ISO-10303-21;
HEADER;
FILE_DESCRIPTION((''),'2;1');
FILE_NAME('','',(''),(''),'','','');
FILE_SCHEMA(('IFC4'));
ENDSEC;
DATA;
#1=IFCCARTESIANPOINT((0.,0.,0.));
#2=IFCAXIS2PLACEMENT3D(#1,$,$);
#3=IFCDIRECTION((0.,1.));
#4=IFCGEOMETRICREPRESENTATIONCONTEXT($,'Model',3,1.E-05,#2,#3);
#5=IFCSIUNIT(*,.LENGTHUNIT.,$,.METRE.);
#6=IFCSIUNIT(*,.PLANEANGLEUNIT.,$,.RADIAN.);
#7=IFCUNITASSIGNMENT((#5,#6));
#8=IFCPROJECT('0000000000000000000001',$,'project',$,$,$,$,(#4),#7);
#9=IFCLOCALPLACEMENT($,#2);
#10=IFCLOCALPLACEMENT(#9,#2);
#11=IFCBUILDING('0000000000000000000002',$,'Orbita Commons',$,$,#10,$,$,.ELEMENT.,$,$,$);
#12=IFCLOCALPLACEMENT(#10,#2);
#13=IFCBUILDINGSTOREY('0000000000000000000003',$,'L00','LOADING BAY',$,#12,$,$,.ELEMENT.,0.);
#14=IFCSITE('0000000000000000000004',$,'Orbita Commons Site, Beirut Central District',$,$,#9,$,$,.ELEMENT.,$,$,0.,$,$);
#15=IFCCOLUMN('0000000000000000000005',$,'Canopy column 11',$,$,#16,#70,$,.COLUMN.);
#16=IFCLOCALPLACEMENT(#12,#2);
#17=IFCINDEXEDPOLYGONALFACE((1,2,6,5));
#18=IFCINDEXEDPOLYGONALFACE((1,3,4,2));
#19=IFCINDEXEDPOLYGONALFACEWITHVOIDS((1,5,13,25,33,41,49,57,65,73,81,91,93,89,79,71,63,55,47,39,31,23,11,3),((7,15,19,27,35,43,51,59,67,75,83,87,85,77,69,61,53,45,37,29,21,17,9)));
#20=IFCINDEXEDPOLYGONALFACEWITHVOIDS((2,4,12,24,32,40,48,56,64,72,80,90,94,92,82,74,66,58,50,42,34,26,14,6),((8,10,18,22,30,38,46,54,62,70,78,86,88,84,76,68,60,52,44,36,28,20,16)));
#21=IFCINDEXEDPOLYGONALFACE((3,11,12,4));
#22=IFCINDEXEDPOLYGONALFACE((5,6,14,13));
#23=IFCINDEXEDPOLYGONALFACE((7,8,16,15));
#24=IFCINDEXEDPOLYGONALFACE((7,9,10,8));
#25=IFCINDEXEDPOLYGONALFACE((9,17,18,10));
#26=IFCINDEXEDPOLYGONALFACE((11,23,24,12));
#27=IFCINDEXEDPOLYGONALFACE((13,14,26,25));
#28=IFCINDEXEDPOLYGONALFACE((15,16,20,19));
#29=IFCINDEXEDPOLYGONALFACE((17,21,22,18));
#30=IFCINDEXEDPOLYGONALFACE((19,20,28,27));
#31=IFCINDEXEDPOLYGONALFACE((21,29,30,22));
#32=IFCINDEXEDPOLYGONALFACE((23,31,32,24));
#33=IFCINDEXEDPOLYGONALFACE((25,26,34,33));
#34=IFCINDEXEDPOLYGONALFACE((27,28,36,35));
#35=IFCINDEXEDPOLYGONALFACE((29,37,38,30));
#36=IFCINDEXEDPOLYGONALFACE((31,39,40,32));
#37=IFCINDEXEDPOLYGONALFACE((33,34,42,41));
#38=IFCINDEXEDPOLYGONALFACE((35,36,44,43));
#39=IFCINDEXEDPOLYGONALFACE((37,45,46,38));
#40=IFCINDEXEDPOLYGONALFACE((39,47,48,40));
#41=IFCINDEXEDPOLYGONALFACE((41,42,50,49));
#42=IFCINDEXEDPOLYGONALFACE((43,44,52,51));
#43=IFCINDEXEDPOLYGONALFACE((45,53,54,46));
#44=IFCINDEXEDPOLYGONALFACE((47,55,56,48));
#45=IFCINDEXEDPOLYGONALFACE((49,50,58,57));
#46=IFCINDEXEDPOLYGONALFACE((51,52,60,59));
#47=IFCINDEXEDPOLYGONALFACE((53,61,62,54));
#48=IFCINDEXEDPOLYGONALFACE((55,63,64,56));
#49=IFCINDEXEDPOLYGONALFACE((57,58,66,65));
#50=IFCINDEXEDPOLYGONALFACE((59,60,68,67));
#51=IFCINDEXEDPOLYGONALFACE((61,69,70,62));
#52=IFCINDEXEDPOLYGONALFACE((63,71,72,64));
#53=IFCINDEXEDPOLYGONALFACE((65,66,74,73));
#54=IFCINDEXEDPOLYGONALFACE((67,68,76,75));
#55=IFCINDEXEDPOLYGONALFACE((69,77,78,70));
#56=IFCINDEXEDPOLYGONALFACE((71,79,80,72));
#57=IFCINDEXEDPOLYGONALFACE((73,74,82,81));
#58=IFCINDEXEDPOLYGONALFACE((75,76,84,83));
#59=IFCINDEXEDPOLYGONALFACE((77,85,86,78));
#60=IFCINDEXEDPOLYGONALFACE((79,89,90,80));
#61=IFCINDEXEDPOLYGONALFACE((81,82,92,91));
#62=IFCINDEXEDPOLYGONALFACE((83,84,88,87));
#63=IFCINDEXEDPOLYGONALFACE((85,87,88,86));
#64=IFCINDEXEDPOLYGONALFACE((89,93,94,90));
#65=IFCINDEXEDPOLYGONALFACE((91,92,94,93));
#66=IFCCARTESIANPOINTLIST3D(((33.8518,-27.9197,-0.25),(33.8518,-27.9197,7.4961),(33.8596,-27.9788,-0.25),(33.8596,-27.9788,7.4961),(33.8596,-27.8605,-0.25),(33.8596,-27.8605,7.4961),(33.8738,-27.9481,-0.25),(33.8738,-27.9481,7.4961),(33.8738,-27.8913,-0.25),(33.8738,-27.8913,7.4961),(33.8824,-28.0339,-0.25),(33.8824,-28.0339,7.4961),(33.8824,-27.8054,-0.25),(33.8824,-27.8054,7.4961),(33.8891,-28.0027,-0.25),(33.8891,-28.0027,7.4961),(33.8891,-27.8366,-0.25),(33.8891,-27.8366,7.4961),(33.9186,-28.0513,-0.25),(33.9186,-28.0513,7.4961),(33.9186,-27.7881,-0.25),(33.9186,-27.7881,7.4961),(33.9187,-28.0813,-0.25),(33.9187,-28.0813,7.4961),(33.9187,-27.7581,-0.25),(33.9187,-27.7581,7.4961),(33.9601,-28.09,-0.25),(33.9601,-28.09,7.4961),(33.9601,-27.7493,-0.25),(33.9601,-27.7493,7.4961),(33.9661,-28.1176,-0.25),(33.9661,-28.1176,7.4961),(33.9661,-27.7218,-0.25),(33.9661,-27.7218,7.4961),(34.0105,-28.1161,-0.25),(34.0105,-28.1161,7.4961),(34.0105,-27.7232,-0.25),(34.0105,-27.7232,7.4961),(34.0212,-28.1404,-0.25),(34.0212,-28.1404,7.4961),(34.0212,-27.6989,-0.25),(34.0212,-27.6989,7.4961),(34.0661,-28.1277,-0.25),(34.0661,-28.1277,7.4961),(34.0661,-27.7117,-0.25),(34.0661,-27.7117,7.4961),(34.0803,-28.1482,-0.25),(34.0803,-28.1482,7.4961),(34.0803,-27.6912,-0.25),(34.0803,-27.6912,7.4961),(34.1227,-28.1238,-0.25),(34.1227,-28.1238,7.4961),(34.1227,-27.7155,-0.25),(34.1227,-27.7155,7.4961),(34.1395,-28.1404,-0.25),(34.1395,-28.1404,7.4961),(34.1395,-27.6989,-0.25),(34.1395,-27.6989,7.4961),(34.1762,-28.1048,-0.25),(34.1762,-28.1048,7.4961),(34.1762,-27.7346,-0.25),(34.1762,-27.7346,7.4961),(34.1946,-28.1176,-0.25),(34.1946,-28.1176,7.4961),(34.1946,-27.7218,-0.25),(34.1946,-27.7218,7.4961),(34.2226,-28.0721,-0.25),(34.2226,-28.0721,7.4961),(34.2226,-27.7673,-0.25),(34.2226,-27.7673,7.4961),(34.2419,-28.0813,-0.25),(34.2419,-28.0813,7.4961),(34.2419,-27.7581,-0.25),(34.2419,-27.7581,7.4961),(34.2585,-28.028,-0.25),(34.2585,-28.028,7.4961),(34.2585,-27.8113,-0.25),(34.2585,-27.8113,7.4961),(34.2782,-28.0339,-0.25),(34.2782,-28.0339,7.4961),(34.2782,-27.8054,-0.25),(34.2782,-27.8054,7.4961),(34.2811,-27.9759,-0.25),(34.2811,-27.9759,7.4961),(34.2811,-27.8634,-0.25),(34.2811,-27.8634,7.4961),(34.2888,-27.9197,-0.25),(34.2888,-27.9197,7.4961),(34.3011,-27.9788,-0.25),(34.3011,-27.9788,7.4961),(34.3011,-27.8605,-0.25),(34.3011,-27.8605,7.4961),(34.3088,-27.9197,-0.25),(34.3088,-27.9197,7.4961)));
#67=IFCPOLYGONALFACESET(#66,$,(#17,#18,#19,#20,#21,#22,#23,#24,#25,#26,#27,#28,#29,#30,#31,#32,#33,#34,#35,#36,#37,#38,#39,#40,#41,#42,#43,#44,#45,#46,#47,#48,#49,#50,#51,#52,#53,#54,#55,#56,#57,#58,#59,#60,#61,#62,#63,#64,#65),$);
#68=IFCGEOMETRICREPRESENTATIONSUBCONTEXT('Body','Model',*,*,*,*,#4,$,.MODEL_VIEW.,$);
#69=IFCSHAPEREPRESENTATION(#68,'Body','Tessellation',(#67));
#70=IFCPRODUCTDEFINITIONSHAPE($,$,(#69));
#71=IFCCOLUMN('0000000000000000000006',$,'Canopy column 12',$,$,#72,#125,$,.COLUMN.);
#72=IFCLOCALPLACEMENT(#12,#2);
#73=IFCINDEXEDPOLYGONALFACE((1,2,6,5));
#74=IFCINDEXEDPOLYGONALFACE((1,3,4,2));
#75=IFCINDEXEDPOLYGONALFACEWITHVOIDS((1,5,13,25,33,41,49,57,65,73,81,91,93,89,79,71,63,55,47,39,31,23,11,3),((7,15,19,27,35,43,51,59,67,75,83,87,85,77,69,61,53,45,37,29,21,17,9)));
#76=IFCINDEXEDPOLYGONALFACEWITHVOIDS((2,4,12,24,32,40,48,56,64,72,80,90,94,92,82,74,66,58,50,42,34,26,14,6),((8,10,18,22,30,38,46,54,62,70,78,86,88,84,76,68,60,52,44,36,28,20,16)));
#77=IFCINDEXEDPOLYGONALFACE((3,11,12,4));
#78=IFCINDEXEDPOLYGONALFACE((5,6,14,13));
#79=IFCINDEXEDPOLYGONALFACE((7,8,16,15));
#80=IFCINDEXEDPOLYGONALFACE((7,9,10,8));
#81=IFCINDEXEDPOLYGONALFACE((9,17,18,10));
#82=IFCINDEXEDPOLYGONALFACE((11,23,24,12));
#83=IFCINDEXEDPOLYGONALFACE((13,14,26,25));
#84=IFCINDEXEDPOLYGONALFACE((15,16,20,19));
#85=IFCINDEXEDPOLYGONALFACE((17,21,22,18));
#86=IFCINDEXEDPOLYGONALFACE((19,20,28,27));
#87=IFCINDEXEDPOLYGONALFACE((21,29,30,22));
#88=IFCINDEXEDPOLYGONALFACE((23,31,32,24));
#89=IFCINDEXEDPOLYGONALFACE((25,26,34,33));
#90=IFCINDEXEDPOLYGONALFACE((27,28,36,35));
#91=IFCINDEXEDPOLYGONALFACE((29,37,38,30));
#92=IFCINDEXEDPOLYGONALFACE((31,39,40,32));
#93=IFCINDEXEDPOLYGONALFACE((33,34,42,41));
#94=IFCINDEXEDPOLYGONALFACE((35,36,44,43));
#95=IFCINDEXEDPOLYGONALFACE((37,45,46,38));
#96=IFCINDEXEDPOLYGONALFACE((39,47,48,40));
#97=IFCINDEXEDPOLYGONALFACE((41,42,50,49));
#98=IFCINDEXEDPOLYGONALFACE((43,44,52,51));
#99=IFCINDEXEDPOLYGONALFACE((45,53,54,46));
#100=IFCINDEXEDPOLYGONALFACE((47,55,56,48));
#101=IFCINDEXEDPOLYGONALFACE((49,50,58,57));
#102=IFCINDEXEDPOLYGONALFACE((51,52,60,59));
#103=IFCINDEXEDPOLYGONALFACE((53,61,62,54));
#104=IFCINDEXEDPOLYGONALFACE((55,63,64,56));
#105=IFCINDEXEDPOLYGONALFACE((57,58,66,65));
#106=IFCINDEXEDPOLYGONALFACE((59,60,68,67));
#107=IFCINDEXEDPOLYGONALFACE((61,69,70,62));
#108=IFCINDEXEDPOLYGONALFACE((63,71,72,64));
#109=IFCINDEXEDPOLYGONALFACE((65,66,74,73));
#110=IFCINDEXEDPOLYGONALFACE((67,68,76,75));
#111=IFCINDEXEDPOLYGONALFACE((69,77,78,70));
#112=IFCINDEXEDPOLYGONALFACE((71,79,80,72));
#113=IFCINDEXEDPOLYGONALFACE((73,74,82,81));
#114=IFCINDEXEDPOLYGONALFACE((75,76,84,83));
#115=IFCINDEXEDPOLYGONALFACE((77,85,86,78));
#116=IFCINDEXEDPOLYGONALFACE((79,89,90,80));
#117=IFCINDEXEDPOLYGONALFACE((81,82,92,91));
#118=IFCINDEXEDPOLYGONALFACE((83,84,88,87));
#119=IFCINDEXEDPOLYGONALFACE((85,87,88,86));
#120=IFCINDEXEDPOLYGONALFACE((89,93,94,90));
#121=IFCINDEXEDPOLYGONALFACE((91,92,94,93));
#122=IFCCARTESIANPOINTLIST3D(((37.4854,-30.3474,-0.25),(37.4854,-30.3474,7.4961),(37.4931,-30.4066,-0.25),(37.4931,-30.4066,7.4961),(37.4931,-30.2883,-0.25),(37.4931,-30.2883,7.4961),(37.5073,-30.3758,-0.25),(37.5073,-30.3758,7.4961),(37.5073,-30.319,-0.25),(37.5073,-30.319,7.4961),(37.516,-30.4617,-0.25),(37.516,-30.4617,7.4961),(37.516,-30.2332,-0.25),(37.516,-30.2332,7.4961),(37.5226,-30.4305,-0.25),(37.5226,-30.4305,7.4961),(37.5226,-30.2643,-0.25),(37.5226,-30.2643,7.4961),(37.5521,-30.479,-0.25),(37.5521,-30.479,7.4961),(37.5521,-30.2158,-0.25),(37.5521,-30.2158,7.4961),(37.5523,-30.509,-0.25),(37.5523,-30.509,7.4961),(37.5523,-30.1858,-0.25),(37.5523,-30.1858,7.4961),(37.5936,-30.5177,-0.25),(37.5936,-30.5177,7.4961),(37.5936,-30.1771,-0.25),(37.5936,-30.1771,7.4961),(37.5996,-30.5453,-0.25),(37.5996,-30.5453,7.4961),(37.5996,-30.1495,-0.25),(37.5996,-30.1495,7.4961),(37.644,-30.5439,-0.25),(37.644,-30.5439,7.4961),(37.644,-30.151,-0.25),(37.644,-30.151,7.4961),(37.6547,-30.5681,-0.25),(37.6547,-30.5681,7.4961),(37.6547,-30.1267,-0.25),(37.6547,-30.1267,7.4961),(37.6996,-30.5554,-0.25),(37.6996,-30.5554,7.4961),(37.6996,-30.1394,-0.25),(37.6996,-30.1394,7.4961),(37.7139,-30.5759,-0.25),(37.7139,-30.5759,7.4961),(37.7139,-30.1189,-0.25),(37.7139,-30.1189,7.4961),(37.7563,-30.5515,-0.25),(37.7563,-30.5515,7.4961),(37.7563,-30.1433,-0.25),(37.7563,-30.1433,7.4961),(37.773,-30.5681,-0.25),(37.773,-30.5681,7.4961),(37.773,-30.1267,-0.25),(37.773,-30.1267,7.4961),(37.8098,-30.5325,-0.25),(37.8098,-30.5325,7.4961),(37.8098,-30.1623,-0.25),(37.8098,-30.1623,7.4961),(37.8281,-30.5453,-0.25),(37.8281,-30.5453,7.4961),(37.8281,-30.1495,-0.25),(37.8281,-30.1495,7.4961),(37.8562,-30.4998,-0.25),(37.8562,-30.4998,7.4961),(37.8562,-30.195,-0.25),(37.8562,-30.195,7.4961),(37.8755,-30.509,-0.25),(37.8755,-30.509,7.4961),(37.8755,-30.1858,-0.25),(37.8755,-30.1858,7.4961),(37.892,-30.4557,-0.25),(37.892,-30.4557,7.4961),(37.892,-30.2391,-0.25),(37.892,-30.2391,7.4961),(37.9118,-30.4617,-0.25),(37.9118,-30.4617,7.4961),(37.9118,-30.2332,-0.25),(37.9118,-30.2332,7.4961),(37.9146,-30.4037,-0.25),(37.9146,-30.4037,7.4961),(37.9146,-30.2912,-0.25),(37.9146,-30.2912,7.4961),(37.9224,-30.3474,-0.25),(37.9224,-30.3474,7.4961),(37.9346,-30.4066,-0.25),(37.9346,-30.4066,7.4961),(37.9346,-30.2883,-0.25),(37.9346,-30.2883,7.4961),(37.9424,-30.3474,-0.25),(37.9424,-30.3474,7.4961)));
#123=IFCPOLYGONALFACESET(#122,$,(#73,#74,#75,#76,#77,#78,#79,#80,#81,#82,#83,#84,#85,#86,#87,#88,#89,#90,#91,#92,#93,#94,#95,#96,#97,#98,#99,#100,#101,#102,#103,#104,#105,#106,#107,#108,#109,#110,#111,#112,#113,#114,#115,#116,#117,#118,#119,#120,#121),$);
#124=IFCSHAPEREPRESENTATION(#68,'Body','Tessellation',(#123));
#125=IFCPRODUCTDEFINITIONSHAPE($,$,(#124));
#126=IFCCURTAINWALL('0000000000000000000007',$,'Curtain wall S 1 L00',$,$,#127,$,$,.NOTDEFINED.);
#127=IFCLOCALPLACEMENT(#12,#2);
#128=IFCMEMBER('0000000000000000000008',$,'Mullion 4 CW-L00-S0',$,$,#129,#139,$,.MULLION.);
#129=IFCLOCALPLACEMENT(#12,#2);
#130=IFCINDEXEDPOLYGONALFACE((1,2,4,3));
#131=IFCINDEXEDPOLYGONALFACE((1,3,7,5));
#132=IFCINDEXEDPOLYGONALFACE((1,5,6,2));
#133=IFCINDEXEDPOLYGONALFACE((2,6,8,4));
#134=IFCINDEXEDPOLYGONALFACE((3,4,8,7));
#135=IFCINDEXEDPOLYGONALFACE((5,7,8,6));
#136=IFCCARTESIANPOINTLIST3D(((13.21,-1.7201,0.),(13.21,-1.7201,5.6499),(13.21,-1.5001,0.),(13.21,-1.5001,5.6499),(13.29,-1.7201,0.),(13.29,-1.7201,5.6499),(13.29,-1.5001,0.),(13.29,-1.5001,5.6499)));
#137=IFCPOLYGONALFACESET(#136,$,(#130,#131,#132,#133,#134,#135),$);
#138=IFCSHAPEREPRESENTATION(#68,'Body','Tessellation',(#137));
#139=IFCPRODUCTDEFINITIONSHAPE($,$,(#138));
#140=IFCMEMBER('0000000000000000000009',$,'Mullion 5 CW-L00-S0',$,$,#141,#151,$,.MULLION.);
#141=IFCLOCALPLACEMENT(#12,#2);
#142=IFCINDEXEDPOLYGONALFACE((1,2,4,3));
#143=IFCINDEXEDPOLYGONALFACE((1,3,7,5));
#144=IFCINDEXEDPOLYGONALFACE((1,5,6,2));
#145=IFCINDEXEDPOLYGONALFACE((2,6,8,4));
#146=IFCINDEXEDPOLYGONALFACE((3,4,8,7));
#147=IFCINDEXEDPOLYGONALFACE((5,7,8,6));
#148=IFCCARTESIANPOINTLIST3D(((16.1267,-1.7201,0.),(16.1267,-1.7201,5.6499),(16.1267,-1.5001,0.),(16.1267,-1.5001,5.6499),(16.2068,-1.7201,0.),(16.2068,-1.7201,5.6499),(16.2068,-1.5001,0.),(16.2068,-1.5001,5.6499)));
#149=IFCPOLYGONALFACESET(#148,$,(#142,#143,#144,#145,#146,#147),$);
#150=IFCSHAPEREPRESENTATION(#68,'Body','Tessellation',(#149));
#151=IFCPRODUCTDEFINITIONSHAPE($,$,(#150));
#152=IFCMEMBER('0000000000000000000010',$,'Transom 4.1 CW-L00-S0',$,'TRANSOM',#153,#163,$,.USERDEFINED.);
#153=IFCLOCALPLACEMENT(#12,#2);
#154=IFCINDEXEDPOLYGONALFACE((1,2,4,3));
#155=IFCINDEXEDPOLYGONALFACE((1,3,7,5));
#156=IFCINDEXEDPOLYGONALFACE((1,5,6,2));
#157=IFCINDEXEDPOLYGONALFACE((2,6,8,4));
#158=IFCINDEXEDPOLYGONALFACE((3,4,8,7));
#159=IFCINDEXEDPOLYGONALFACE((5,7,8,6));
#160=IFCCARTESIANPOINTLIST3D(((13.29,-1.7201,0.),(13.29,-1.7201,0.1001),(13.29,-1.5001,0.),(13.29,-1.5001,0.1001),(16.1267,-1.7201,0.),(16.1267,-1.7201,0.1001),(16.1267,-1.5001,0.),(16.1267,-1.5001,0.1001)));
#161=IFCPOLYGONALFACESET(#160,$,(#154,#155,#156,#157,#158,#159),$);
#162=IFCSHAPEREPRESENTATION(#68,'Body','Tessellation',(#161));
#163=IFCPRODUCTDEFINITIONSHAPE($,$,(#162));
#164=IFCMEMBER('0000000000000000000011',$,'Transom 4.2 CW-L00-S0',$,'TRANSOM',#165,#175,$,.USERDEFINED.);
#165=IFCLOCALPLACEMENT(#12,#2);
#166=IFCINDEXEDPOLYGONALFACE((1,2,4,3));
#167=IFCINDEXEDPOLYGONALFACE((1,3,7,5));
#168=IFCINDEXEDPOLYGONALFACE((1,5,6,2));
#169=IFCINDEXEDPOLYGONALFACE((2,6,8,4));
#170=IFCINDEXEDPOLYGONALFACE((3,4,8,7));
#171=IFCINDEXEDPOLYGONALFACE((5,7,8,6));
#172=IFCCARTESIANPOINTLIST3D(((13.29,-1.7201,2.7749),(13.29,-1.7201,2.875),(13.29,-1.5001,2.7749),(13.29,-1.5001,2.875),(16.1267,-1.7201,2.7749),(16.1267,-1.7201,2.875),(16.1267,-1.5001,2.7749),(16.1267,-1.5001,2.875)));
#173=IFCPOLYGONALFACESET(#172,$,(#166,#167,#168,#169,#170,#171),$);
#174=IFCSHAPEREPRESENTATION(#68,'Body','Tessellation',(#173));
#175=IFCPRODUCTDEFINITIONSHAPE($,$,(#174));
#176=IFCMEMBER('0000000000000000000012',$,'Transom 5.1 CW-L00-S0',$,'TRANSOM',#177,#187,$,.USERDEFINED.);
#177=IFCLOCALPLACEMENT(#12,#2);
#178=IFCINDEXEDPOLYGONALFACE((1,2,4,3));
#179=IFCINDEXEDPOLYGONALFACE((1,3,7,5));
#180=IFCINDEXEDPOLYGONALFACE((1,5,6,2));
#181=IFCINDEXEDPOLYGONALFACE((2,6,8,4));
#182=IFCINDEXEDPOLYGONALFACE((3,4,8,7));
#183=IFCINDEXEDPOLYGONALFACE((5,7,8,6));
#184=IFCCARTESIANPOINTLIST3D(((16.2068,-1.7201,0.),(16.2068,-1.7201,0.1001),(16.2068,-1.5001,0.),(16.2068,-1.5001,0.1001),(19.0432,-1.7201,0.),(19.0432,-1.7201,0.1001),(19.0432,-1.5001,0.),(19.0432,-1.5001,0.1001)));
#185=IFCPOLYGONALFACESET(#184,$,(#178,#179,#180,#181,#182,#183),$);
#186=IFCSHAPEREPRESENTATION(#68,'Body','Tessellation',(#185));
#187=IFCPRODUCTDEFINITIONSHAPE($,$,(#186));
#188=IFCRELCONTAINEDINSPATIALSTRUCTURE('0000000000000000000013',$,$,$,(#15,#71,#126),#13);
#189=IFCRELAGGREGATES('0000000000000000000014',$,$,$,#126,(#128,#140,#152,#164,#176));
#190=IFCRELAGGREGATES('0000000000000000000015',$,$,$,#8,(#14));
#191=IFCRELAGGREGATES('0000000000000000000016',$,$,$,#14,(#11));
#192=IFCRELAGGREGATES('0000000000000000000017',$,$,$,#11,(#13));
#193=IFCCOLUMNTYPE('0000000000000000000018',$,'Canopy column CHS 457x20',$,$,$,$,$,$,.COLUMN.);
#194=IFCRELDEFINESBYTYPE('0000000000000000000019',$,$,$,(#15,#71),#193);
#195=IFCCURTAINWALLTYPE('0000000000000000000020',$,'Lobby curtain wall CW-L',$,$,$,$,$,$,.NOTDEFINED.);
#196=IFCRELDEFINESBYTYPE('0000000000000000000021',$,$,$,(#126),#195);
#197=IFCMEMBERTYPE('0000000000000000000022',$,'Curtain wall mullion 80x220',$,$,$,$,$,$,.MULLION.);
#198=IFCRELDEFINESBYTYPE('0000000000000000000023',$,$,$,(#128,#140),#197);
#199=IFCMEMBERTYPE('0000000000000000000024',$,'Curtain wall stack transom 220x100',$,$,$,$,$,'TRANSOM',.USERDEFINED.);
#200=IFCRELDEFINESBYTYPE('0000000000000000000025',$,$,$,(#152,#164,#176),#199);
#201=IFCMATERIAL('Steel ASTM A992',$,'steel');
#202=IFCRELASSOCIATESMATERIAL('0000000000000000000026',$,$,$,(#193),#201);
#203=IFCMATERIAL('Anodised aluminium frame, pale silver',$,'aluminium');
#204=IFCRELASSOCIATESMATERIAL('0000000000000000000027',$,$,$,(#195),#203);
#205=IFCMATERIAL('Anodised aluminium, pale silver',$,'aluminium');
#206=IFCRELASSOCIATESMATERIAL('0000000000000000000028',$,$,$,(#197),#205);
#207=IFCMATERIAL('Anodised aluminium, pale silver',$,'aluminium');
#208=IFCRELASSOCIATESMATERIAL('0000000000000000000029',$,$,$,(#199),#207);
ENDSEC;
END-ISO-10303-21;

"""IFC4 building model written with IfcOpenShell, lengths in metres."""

from ifc_helpers import new_model, si_unit, direction, frame, origin, origin_2d, place, context, subcontext, project, spatial, rectangle, hollow_circle, extrude, material, material_profile, profile_set, type_object, element, aggregate, save


model = new_model("IFC4")

# Units and contexts
model_context = context("Model", 3, precision=1e-05, world=origin(), true_north=direction((0.0, 1.0)))
body_context = subcontext(model_context, "Body", "Model", "MODEL_VIEW")
ifc_project = project(units=[si_unit("LENGTHUNIT", "METRE"), si_unit("PLANEANGLEUNIT", "RADIAN")], contexts=[model_context])

# Site, building, storey
site_placement = place(None, origin())
site = spatial("IfcSite", under=ifc_project, at=site_placement, Name="Orbita Commons Site, Beirut Central District", CompositionType="ELEMENT", RefElevation=0.0)
building_placement = place(site_placement, origin())
building = spatial("IfcBuilding", under=site, at=building_placement, Name="Orbita Commons", CompositionType="ELEMENT")
storey_placement = place(building_placement, origin())
storey = spatial("IfcBuildingStorey", under=building, at=storey_placement, Name="L00", Description="LOADING BAY", CompositionType="ELEMENT", Elevation=0.0)

# Columns
ifc_material_1 = material(Name="Steel ASTM A992", Category="steel")
ifc_material_profile_1 = material_profile(ifc_material_1, hollow_circle(Radius=0.2285, WallThickness=0.02, at=origin_2d()), Name="CHS 457x20")
ifc_profile_set_1 = profile_set([ifc_material_profile_1], Name="Steel ASTM A992")
column_type = type_object("IfcColumnType", Name="Canopy column CHS 457x20", PredefinedType="COLUMN", material=ifc_profile_set_1)
for number, where, z_axis, x_axis, name in (
    (1, (34.0803, -27.9197, -0.25), (0.0, 0.0, 1.0), (1.0, 0.0, 0.0), "Canopy column 11"),
    (2, (37.7139, -30.3474, -0.25), (0.0, 0.0, 1.0), (1.0, 0.0, 0.0), "Canopy column 12"),
):
    element("IfcColumn", number, at=place(storey_placement, frame(where, z_axis=z_axis, x_axis=x_axis)), inside=storey, type_object=column_type, Name=name, PredefinedType="COLUMN", context=body_context, shape_type="SweptSolid", body=[
        extrude(hollow_circle(Radius=0.2285, WallThickness=0.02, at=origin_2d()), origin(), (0.0, 0.0, 1.0), 7.7461),
    ])

# Curtain wall, members
ifc_material_2 = material(Name="Anodised aluminium frame, pale silver", Category="aluminium")
curtain_wall_type = type_object("IfcCurtainWallType", Name="Lobby curtain wall CW-L", PredefinedType="NOTDEFINED", material=ifc_material_2)
curtain_wall_placement = place(storey_placement, origin())
curtain_wall = element("IfcCurtainWall", 3, at=curtain_wall_placement, inside=storey, type_object=curtain_wall_type, Name="Curtain wall S 1 L00", PredefinedType="NOTDEFINED")
ifc_material_3 = material(Name="Anodised aluminium, pale silver", Category="aluminium")
ifc_material_profile_2 = material_profile(ifc_material_3, rectangle(XDim=0.0801, YDim=0.22, at=origin_2d()), Name="AL 80x220")
ifc_profile_set_2 = profile_set([ifc_material_profile_2], Name="Anodised aluminium, pale silver")
member_type_1 = type_object("IfcMemberType", Name="Curtain wall mullion 80x220", PredefinedType="MULLION", material=ifc_profile_set_2)
member_1_placement = place(storey_placement, frame((13.25, -1.6101, 0.0), z_axis=(0.0, 0.0, 1.0), x_axis=(1.0, 0.0, 0.0)))
member_1 = element("IfcMember", 4, at=member_1_placement, type_object=member_type_1, Name="Mullion 4 CW-L00-S0", PredefinedType="MULLION", context=body_context, shape_type="SweptSolid", body=[
    extrude(rectangle(XDim=0.0801, YDim=0.22, at=origin_2d()), origin(), (0.0, 0.0, 1.0), 5.6499),
])
member_2_placement = place(storey_placement, frame((16.1667, -1.6101, 0.0), z_axis=(0.0, 0.0, 1.0), x_axis=(1.0, 0.0, 0.0)))
member_2 = element("IfcMember", 5, at=member_2_placement, type_object=member_type_1, Name="Mullion 5 CW-L00-S0", PredefinedType="MULLION", context=body_context, shape_type="SweptSolid", body=[
    extrude(rectangle(XDim=0.0801, YDim=0.22, at=origin_2d()), origin(), (0.0, 0.0, 1.0), 5.6499),
])
ifc_material_4 = material(Name="Anodised aluminium, pale silver", Category="aluminium")
ifc_material_profile_3 = material_profile(ifc_material_4, rectangle(XDim=0.22, YDim=0.1001, at=origin_2d()), Name="AL 220x100")
ifc_profile_set_3 = profile_set([ifc_material_profile_3], Name="Anodised aluminium, pale silver")
member_type_2 = type_object("IfcMemberType", Name="Curtain wall stack transom 220x100", ElementType="TRANSOM", PredefinedType="USERDEFINED", material=ifc_profile_set_3)
member_3_placement = place(storey_placement, frame((13.29, -1.6101, 0.05), z_axis=(1.0, 0.0, 0.0), x_axis=(0.0, 1.0, 0.0)))
member_3 = element("IfcMember", 6, at=member_3_placement, type_object=member_type_2, Name="Transom 4.1 CW-L00-S0", ObjectType="TRANSOM", PredefinedType="USERDEFINED", context=body_context, shape_type="SweptSolid", body=[
    extrude(rectangle(XDim=0.22, YDim=0.1001, at=origin_2d()), origin(), (0.0, 0.0, 1.0), 2.8367),
])
member_4_placement = place(storey_placement, frame((13.29, -1.6101, 2.825), z_axis=(1.0, 0.0, 0.0), x_axis=(0.0, 1.0, 0.0)))
member_4 = element("IfcMember", 7, at=member_4_placement, type_object=member_type_2, Name="Transom 4.2 CW-L00-S0", ObjectType="TRANSOM", PredefinedType="USERDEFINED", context=body_context, shape_type="SweptSolid", body=[
    extrude(rectangle(XDim=0.22, YDim=0.1001, at=origin_2d()), origin(), (0.0, 0.0, 1.0), 2.8367),
])
member_5_placement = place(storey_placement, frame((16.2068, -1.6101, 0.05), z_axis=(1.0, 0.0, 0.0), x_axis=(0.0, 1.0, 0.0)))
member_5 = element("IfcMember", 8, at=member_5_placement, type_object=member_type_2, Name="Transom 5.1 CW-L00-S0", ObjectType="TRANSOM", PredefinedType="USERDEFINED", context=body_context, shape_type="SweptSolid", body=[
    extrude(rectangle(XDim=0.22, YDim=0.1001, at=origin_2d()), origin(), (0.0, 0.0, 1.0), 2.8364),
])
aggregate(curtain_wall, [member_1, member_2, member_3, member_4, member_5])

save(model, "model.ifc")
